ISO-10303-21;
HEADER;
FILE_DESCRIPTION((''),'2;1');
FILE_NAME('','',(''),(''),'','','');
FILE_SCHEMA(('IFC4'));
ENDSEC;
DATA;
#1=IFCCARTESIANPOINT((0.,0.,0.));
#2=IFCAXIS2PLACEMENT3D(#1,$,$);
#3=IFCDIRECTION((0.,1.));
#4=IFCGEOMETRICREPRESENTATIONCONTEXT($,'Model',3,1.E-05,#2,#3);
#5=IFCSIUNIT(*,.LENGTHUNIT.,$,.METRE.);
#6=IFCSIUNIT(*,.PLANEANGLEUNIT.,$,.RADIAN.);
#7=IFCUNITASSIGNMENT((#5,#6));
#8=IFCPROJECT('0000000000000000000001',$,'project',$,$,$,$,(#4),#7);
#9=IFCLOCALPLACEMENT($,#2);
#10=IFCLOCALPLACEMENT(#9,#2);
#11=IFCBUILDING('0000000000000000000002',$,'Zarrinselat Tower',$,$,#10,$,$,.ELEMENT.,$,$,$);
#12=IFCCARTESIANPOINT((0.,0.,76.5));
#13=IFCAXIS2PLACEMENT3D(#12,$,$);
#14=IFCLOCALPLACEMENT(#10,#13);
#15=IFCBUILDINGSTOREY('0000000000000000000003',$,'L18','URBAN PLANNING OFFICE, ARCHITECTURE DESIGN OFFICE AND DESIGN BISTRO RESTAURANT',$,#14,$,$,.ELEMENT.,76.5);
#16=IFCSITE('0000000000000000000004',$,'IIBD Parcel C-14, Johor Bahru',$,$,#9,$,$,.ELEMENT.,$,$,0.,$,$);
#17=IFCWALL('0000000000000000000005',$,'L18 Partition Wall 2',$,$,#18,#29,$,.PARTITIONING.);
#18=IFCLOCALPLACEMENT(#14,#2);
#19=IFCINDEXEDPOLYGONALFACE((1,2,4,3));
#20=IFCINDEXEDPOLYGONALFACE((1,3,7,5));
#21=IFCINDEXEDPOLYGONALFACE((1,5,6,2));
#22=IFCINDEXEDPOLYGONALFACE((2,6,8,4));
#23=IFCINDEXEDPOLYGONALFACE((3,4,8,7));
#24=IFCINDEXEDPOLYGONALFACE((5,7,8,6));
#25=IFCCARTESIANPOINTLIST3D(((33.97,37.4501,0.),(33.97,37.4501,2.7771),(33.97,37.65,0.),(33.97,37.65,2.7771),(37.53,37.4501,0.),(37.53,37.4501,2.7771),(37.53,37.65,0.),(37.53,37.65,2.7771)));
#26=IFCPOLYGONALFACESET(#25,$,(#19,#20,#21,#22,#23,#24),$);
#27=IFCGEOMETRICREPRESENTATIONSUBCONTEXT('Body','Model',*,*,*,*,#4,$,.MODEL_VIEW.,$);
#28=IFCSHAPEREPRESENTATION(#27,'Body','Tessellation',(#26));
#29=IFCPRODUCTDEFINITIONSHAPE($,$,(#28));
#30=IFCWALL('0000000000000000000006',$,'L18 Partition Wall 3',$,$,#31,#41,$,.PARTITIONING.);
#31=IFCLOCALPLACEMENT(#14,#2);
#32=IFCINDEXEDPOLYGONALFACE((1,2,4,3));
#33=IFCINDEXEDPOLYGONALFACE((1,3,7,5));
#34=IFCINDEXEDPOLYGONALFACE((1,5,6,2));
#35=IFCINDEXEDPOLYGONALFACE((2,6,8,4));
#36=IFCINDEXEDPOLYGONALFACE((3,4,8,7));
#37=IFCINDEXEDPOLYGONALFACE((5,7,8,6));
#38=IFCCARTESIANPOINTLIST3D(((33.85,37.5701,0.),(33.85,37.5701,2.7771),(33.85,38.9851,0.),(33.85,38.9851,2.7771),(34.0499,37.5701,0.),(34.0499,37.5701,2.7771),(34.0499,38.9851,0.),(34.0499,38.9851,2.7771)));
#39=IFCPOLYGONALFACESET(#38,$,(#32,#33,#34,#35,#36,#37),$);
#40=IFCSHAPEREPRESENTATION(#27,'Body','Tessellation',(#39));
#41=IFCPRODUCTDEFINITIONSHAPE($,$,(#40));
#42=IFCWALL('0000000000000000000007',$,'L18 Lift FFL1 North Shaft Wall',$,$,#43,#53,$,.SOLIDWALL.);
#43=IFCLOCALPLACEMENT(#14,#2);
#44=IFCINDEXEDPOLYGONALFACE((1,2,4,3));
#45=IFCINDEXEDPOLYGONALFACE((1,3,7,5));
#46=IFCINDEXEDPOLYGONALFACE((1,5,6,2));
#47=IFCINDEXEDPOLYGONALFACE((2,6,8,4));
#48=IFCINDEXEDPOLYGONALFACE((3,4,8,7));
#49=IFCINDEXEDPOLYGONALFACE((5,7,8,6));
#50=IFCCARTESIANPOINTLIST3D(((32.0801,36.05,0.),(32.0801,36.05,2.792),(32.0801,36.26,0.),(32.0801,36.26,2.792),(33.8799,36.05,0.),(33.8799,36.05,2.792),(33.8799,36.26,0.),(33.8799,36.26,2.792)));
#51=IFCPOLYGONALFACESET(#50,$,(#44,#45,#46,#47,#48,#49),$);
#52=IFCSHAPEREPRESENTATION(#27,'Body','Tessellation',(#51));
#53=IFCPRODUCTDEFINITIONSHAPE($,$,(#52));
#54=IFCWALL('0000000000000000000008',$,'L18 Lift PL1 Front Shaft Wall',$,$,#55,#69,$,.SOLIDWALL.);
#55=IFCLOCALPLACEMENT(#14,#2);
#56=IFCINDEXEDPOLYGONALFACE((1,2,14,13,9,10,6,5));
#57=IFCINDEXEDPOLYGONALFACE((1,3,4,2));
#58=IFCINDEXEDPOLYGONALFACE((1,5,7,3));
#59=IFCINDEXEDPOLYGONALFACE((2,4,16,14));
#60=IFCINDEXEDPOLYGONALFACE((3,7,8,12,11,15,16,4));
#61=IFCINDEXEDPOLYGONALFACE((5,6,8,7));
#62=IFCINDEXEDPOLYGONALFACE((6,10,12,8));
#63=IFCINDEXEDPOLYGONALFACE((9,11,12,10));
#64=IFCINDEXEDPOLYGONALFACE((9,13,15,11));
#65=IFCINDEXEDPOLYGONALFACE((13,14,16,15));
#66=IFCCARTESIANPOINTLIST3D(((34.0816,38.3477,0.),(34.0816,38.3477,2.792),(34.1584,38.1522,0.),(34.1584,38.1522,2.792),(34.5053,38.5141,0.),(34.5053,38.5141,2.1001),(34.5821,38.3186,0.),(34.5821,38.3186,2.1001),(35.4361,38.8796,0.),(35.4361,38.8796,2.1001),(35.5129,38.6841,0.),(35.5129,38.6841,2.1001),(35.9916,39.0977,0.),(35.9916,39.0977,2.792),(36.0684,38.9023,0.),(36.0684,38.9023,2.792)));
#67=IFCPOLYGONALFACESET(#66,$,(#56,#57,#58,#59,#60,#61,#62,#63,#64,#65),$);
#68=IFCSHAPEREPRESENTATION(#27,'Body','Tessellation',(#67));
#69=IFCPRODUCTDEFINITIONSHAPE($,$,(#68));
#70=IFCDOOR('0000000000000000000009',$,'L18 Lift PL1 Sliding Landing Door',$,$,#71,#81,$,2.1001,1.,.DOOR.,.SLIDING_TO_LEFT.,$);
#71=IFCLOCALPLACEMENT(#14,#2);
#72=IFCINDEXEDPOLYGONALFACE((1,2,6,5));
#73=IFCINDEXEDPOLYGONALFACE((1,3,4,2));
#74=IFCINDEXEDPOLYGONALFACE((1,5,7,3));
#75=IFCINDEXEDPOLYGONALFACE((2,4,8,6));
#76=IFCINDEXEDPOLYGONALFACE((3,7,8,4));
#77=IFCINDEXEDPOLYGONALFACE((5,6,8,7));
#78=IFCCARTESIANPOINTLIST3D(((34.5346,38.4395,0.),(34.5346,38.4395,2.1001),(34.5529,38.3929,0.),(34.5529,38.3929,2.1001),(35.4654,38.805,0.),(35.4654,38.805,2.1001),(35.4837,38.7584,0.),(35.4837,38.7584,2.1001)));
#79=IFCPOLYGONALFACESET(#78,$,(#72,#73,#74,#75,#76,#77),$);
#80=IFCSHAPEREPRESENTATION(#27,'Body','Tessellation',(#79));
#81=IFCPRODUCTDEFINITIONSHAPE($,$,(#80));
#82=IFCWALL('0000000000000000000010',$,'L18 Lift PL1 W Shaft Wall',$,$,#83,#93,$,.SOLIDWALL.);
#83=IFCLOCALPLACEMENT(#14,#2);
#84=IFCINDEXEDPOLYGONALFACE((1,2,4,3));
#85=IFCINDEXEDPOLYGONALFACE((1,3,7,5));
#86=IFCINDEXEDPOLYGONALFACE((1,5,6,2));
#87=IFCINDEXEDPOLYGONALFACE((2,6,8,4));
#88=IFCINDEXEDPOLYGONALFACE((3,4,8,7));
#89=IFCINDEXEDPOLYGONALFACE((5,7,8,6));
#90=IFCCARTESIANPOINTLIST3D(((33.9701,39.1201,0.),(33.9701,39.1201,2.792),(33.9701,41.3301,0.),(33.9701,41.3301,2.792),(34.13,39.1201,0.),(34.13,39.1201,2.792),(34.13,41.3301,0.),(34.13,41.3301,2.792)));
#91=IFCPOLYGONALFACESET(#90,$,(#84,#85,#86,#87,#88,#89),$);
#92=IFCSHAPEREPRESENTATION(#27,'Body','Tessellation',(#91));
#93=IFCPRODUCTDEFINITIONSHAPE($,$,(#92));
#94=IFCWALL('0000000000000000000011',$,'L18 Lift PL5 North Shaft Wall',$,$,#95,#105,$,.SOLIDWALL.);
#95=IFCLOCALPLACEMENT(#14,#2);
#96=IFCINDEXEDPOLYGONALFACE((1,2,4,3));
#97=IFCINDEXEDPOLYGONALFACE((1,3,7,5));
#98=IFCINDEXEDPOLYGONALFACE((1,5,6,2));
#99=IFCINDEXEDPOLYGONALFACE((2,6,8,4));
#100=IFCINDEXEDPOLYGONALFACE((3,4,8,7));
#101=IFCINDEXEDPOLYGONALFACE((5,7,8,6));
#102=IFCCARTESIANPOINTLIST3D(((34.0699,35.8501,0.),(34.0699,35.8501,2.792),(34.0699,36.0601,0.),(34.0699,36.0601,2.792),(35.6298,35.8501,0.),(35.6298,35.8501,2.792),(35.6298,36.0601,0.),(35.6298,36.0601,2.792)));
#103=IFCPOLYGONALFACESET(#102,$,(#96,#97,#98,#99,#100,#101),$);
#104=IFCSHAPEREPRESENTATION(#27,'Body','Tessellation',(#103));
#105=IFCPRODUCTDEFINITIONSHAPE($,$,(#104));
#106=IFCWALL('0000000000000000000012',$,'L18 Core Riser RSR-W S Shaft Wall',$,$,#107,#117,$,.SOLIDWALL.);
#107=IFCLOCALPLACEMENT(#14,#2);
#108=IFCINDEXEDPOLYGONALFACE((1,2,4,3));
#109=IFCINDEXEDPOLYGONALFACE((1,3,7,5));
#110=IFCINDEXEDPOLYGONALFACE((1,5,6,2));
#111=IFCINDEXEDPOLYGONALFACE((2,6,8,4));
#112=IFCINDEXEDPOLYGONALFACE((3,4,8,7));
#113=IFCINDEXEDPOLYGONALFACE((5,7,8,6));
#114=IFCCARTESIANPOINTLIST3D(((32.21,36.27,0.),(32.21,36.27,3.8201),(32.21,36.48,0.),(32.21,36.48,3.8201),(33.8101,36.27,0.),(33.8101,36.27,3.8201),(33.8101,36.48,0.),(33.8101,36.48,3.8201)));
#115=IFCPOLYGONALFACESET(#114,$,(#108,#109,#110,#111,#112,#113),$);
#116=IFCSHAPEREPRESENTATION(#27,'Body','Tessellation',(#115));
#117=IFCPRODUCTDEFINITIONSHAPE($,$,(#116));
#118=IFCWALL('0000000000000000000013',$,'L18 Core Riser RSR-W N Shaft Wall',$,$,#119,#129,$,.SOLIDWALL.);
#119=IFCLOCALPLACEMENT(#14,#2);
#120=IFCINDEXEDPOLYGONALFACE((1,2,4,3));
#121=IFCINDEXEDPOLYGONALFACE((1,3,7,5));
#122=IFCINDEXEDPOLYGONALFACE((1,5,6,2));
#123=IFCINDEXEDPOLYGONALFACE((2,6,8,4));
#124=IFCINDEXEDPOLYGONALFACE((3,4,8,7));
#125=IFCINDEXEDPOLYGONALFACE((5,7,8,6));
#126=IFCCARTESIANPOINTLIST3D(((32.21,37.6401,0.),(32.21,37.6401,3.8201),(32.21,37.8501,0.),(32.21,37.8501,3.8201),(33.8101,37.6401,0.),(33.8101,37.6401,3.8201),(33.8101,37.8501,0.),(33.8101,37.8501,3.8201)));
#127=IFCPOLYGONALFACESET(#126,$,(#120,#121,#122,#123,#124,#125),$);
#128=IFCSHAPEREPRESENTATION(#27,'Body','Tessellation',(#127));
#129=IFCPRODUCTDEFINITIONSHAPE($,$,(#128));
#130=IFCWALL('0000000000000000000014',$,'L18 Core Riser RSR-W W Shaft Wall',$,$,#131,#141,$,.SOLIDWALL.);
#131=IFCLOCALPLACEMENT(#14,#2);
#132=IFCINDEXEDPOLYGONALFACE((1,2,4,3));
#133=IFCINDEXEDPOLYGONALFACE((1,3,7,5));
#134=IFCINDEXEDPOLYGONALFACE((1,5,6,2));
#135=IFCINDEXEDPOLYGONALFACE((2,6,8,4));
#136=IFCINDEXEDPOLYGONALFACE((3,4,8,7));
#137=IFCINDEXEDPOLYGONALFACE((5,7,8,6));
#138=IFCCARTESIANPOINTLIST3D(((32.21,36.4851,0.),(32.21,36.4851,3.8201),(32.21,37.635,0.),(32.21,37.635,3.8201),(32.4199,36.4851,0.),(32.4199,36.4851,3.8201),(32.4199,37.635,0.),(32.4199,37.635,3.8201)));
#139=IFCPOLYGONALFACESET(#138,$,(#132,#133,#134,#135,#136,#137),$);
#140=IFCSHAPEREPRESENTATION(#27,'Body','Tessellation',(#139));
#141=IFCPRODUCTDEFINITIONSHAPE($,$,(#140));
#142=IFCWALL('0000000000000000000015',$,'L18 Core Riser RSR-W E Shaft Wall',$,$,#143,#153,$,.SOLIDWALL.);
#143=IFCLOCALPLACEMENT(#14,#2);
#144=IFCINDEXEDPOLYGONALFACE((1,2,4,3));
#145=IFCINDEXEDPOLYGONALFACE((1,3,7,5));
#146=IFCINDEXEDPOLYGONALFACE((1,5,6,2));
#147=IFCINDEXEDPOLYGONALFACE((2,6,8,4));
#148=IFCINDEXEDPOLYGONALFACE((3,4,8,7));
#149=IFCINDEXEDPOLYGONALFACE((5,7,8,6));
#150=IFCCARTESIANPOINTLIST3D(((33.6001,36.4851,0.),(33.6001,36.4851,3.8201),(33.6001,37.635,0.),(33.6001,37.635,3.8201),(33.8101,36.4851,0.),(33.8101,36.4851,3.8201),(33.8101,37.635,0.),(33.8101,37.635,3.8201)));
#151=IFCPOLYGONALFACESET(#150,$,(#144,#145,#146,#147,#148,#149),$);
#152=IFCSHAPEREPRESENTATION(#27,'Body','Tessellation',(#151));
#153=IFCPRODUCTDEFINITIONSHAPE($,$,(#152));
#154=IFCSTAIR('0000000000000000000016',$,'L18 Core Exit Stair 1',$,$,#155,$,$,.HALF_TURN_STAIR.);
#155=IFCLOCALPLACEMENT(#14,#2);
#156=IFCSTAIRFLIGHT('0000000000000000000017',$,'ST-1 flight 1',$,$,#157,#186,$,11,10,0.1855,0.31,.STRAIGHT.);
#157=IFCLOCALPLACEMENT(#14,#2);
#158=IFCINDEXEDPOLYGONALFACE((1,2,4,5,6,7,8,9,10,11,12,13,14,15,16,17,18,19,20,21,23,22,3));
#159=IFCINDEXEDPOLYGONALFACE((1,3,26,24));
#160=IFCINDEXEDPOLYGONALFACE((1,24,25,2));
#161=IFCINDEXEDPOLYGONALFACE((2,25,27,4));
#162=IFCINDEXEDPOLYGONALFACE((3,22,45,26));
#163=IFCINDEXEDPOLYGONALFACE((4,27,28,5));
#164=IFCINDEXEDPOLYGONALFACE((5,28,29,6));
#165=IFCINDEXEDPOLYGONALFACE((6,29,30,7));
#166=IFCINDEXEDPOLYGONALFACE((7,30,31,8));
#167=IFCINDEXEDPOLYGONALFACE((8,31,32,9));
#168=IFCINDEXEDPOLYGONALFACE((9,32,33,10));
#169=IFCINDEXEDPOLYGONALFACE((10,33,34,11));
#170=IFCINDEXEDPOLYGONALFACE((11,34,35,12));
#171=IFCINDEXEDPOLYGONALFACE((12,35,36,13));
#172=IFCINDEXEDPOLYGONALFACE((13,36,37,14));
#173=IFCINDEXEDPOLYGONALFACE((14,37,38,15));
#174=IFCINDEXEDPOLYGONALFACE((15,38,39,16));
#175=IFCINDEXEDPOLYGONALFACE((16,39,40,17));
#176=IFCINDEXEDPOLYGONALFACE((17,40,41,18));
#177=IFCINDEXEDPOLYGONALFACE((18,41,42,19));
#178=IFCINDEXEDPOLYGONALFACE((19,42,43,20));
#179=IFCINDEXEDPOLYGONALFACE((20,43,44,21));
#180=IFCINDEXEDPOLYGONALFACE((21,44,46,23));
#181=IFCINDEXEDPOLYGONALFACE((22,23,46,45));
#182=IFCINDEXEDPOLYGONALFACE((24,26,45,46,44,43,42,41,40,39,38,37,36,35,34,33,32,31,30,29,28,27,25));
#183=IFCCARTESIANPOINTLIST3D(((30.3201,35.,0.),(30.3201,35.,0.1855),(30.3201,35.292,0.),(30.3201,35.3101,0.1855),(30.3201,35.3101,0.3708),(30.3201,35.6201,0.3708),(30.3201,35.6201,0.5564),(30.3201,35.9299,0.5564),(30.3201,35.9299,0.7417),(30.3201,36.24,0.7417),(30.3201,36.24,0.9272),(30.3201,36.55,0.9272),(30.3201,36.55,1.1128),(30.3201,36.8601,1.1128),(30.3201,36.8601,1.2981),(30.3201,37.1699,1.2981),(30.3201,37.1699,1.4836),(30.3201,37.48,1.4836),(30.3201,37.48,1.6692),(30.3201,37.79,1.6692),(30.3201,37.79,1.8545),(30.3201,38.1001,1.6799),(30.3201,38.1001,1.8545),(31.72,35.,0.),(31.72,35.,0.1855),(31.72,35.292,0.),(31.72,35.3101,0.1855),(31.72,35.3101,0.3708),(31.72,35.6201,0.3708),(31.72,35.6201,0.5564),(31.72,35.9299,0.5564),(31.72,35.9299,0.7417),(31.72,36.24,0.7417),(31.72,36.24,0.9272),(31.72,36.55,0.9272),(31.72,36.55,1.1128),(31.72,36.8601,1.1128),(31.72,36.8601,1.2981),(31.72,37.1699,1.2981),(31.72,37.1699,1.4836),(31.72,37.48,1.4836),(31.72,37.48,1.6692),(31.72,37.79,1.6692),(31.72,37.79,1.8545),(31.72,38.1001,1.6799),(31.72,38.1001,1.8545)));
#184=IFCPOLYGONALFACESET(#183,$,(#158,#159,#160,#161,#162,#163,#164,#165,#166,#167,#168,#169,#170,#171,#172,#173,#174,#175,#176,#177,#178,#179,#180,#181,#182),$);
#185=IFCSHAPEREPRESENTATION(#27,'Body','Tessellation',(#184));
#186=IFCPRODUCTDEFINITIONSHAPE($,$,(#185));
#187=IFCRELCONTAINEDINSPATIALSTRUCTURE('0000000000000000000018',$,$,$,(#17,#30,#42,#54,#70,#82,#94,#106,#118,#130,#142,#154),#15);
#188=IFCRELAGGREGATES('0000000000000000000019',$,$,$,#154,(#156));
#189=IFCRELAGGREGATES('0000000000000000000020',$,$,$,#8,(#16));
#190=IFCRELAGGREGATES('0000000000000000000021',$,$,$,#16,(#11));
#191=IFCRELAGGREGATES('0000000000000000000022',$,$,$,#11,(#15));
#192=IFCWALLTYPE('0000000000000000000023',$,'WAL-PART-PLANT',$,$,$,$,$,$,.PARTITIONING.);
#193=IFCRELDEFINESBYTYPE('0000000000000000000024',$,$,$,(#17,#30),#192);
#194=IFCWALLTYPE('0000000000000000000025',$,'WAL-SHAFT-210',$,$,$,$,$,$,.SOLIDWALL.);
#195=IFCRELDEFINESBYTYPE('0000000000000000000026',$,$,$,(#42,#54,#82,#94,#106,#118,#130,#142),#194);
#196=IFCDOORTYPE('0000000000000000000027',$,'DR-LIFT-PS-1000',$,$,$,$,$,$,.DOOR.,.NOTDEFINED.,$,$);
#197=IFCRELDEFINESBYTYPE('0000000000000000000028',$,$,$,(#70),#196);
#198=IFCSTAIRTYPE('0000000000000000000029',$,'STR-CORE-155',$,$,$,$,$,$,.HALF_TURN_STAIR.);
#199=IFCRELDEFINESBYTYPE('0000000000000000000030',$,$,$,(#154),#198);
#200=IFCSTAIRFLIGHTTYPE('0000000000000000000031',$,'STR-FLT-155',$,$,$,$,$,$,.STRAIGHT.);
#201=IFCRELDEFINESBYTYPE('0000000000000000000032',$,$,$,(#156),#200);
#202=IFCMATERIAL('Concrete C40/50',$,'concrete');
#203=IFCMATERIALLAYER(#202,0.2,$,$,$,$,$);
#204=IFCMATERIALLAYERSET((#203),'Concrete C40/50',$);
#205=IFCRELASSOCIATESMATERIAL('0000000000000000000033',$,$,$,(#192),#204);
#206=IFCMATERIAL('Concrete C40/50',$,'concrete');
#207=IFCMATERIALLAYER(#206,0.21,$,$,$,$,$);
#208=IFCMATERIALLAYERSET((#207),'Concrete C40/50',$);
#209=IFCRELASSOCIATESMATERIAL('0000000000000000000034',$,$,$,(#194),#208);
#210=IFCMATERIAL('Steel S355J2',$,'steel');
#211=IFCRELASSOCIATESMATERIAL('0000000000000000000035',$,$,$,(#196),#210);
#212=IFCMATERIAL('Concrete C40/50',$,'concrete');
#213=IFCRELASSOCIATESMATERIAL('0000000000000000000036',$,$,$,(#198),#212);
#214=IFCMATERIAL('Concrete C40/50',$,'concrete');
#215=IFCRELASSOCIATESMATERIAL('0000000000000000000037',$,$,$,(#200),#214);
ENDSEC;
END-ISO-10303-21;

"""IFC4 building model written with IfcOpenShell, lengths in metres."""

from ifc_helpers import new_model, si_unit, direction, frame, frame_2d, origin, place, context, subcontext, project, spatial, polyline, rectangle, outline, extrude, material, layer, layer_set, type_object, element, fill, aggregate, save


model = new_model("IFC4")

# Units and contexts
model_context = context("Model", 3, precision=1e-05, world=origin(), true_north=direction((0.0, 1.0)))
body_context = subcontext(model_context, "Body", "Model", "MODEL_VIEW")
ifc_project = project(units=[si_unit("LENGTHUNIT", "METRE"), si_unit("PLANEANGLEUNIT", "RADIAN")], contexts=[model_context])

# Site, building, storey
site_placement = place(None, origin())
site = spatial("IfcSite", under=ifc_project, at=site_placement, Name="IIBD Parcel C-14, Johor Bahru", CompositionType="ELEMENT", RefElevation=0.0)
building_placement = place(site_placement, origin())
building = spatial("IfcBuilding", under=site, at=building_placement, Name="Zarrinselat Tower", CompositionType="ELEMENT")
storey_placement = place(building_placement, frame((0.0, 0.0, 76.5)))
storey = spatial("IfcBuildingStorey", under=building, at=storey_placement, Name="L18", Description="URBAN PLANNING OFFICE, ARCHITECTURE DESIGN OFFICE AND DESIGN BISTRO RESTAURANT", CompositionType="ELEMENT", Elevation=76.5)

# Walls
ifc_material_1 = material(Name="Concrete C40/50", Category="concrete")
ifc_layer_1 = layer(ifc_material_1, 0.2)
ifc_layer_set_1 = layer_set([ifc_layer_1], Name="Concrete C40/50")
wall_type_1 = type_object("IfcWallType", Name="WAL-PART-PLANT", PredefinedType="PARTITIONING", material=ifc_layer_set_1)
wall_1_placement = place(storey_placement, frame((33.97, 37.55, 0.0), z_axis=(0.0, 0.0, 1.0), x_axis=(1.0, 0.0, 0.0)))
element("IfcWall", 1, at=wall_1_placement, inside=storey, type_object=wall_type_1, Name="L18 Partition Wall 2", PredefinedType="PARTITIONING", context=body_context, shape_type="SweptSolid", body=[
    extrude(rectangle(XDim=3.5601, YDim=0.2, at=frame_2d((1.78, 0.0))), origin(), (0.0, 0.0, 1.0), 2.7771),
])
wall_2_placement = place(storey_placement, frame((33.95, 37.5701, 0.0), z_axis=(0.0, 0.0, 1.0), x_axis=(0.0, 1.0, 0.0)))
element("IfcWall", 2, at=wall_2_placement, inside=storey, type_object=wall_type_1, Name="L18 Partition Wall 3", PredefinedType="PARTITIONING", context=body_context, shape_type="SweptSolid", body=[
    extrude(rectangle(XDim=1.415, YDim=0.2, at=frame_2d((0.7075, 0.0))), origin(), (0.0, 0.0, 1.0), 2.7771),
])
ifc_material_2 = material(Name="Concrete C40/50", Category="concrete")
ifc_layer_2 = layer(ifc_material_2, 0.21)
ifc_layer_set_2 = layer_set([ifc_layer_2], Name="Concrete C40/50")
wall_type_2 = type_object("IfcWallType", Name="WAL-SHAFT-210", PredefinedType="SOLIDWALL", material=ifc_layer_set_2)
wall_3_placement = place(storey_placement, frame((32.0801, 36.155, 0.0), z_axis=(0.0, 0.0, 1.0), x_axis=(1.0, 0.0, 0.0)))
element("IfcWall", 3, at=wall_3_placement, inside=storey, type_object=wall_type_2, Name="L18 Lift FFL1 North Shaft Wall", PredefinedType="SOLIDWALL", context=body_context, shape_type="SweptSolid", body=[
    extrude(rectangle(XDim=1.7998, YDim=0.21, at=frame_2d((0.8999, 0.0))), origin(), (0.0, 0.0, 1.0), 2.792),
])

# Wall, opening, door
wall_4_placement = place(storey_placement, frame((34.1201, 38.25, 0.0), z_axis=(0.0, 0.0, 1.0), x_axis=(0.930805, 0.365516, 0.0)))
wall_4 = element("IfcWall", 4, at=wall_4_placement, inside=storey, type_object=wall_type_2, Name="L18 Lift PL1 Front Shaft Wall", PredefinedType="SOLIDWALL", context=body_context, shape_type="SweptSolid", body=[
    extrude(rectangle(XDim=2.052, YDim=0.21, at=frame_2d((1.0259, 0.0))), origin(), (0.0, 0.0, 1.0), 2.792),
])
opening_placement = place(wall_4_placement, frame((0.4551, 0.0, 0.0)))
opening = element("IfcOpeningElement", 5, at=opening_placement, cuts=wall_4, PredefinedType="OPENING", context=body_context, shape_type="SweptSolid", body=[
    extrude(rectangle(XDim=1.0, YDim=2.1001, at=frame_2d((0.5, 1.05))), frame((0.0, 0.115, 0.0), z_axis=(0.0, -1.0, 0.0), x_axis=(1.0, 0.0, 0.0)), (0.0, 0.0, 1.0), 0.23),
])
ifc_material_3 = material(Name="Steel S355J2", Category="steel")
door_type = type_object("IfcDoorType", Name="DR-LIFT-PS-1000", OperationType="NOTDEFINED", PredefinedType="DOOR", material=ifc_material_3)
door_placement = place(opening_placement, origin())
door = element("IfcDoor", 6, at=door_placement, inside=storey, type_object=door_type, Name="L18 Lift PL1 Sliding Landing Door", OperationType="SLIDING_TO_LEFT", OverallHeight=2.1001, OverallWidth=1.0, PredefinedType="DOOR", context=body_context, shape_type="SweptSolid", body=[
    extrude(rectangle(XDim=1.0, YDim=2.1001, at=frame_2d((0.5, 1.05))), frame((0.0, 0.0249, 0.0), z_axis=(0.0, -1.0, 0.0), x_axis=(1.0, 0.0, 0.0)), (0.0, 0.0, 1.0), 0.05),
])
fill(opening, door)

# Walls
wall_5_placement = place(storey_placement, frame((34.05, 39.1201, 0.0), z_axis=(0.0, 0.0, 1.0), x_axis=(0.0, 1.0, 0.0)))
element("IfcWall", 7, at=wall_5_placement, inside=storey, type_object=wall_type_2, Name="L18 Lift PL1 W Shaft Wall", PredefinedType="SOLIDWALL", context=body_context, shape_type="SweptSolid", body=[
    extrude(rectangle(XDim=2.21, YDim=0.1599, at=frame_2d((1.105, 0.0))), origin(), (0.0, 0.0, 1.0), 2.792),
])
wall_6_placement = place(storey_placement, frame((34.0701, 35.9551, 0.0), z_axis=(0.0, 0.0, 1.0), x_axis=(1.0, 0.0, 0.0)))
element("IfcWall", 8, at=wall_6_placement, inside=storey, type_object=wall_type_2, Name="L18 Lift PL5 North Shaft Wall", PredefinedType="SOLIDWALL", context=body_context, shape_type="SweptSolid", body=[
    extrude(rectangle(XDim=1.5598, YDim=0.21, at=frame_2d((0.7798, 0.0))), origin(), (0.0, 0.0, 1.0), 2.792),
])
for number, where, z_axis, x_axis, name in (
    (9, (32.21, 36.375, 0.0), (0.0, 0.0, 1.0), (1.0, 0.0, 0.0), "L18 Core Riser RSR-W S Shaft Wall"),
    (10, (32.21, 37.7451, 0.0), (0.0, 0.0, 1.0), (1.0, 0.0, 0.0), "L18 Core Riser RSR-W N Shaft Wall"),
):
    element("IfcWall", number, at=place(storey_placement, frame(where, z_axis=z_axis, x_axis=x_axis)), inside=storey, type_object=wall_type_2, Name=name, PredefinedType="SOLIDWALL", context=body_context, shape_type="SweptSolid", body=[
        extrude(rectangle(XDim=1.6001, YDim=0.21, at=frame_2d((0.8, 0.0))), origin(), (0.0, 0.0, 1.0), 3.8201),
    ])
for number, where, z_axis, x_axis, name in (
    (11, (32.3149, 36.4851, 0.0), (0.0, 0.0, 1.0), (0.0, 1.0, 0.0), "L18 Core Riser RSR-W W Shaft Wall"),
    (12, (33.7051, 36.4851, 0.0), (0.0, 0.0, 1.0), (0.0, 1.0, 0.0), "L18 Core Riser RSR-W E Shaft Wall"),
):
    element("IfcWall", number, at=place(storey_placement, frame(where, z_axis=z_axis, x_axis=x_axis)), inside=storey, type_object=wall_type_2, Name=name, PredefinedType="SOLIDWALL", context=body_context, shape_type="SweptSolid", body=[
        extrude(rectangle(XDim=1.1499, YDim=0.21, at=frame_2d((0.575, 0.0))), origin(), (0.0, 0.0, 1.0), 3.8201),
    ])

# Stair, stair flight
ifc_material_4 = material(Name="Concrete C40/50", Category="concrete")
stair_type = type_object("IfcStairType", Name="STR-CORE-155", PredefinedType="HALF_TURN_STAIR", material=ifc_material_4)
stair_placement = place(storey_placement, origin())
stair = element("IfcStair", 13, at=stair_placement, inside=storey, type_object=stair_type, Name="L18 Core Exit Stair 1", PredefinedType="HALF_TURN_STAIR")
ifc_material_5 = material(Name="Concrete C40/50", Category="concrete")
stair_flight_type = type_object("IfcStairFlightType", Name="STR-FLT-155", PredefinedType="STRAIGHT", material=ifc_material_5)
stair_flight_1_placement = place(storey_placement, frame((31.02, 35.0, 0.0), z_axis=(0.0, 0.0, 1.0), x_axis=(0.0, 1.0, 0.0)))
stair_flight_1 = element("IfcStairFlight", 14, at=stair_flight_1_placement, type_object=stair_flight_type, Name="ST-1 flight 1", NumberOfRisers=11, NumberOfTreads=10, PredefinedType="STRAIGHT", RiserHeight=0.1855, TreadLength=0.31, context=body_context, shape_type="SweptSolid", body=[
    extrude(outline(polyline([(0.0, 0.0), (0.0, 0.1855), (0.3101, 0.1855), (0.3101, 0.3708), (0.6201, 0.3708), (0.6201, 0.5564), (0.9299, 0.5564), (0.9299, 0.7417), (1.24, 0.7417), (1.24, 0.9272), (1.55, 0.9272), (1.55, 1.1128), (1.8601, 1.1128), (1.8601, 1.2981), (2.1699, 1.2981), (2.1699, 1.4836), (2.48, 1.4836), (2.48, 1.6692), (2.79, 1.6692), (2.79, 1.8545), (3.1001, 1.8545), (3.1001, 2.04), (3.1001, 1.6799), (0.292, 0.0), (0.0, 0.0)])), frame((0.0, 0.7, 0.0), z_axis=(0.0, -1.0, 0.0), x_axis=(1.0, 0.0, 0.0)), (0.0, 0.0, 1.0), 1.3999),
])
aggregate(stair, [stair_flight_1])

save(model, "model.ifc")
